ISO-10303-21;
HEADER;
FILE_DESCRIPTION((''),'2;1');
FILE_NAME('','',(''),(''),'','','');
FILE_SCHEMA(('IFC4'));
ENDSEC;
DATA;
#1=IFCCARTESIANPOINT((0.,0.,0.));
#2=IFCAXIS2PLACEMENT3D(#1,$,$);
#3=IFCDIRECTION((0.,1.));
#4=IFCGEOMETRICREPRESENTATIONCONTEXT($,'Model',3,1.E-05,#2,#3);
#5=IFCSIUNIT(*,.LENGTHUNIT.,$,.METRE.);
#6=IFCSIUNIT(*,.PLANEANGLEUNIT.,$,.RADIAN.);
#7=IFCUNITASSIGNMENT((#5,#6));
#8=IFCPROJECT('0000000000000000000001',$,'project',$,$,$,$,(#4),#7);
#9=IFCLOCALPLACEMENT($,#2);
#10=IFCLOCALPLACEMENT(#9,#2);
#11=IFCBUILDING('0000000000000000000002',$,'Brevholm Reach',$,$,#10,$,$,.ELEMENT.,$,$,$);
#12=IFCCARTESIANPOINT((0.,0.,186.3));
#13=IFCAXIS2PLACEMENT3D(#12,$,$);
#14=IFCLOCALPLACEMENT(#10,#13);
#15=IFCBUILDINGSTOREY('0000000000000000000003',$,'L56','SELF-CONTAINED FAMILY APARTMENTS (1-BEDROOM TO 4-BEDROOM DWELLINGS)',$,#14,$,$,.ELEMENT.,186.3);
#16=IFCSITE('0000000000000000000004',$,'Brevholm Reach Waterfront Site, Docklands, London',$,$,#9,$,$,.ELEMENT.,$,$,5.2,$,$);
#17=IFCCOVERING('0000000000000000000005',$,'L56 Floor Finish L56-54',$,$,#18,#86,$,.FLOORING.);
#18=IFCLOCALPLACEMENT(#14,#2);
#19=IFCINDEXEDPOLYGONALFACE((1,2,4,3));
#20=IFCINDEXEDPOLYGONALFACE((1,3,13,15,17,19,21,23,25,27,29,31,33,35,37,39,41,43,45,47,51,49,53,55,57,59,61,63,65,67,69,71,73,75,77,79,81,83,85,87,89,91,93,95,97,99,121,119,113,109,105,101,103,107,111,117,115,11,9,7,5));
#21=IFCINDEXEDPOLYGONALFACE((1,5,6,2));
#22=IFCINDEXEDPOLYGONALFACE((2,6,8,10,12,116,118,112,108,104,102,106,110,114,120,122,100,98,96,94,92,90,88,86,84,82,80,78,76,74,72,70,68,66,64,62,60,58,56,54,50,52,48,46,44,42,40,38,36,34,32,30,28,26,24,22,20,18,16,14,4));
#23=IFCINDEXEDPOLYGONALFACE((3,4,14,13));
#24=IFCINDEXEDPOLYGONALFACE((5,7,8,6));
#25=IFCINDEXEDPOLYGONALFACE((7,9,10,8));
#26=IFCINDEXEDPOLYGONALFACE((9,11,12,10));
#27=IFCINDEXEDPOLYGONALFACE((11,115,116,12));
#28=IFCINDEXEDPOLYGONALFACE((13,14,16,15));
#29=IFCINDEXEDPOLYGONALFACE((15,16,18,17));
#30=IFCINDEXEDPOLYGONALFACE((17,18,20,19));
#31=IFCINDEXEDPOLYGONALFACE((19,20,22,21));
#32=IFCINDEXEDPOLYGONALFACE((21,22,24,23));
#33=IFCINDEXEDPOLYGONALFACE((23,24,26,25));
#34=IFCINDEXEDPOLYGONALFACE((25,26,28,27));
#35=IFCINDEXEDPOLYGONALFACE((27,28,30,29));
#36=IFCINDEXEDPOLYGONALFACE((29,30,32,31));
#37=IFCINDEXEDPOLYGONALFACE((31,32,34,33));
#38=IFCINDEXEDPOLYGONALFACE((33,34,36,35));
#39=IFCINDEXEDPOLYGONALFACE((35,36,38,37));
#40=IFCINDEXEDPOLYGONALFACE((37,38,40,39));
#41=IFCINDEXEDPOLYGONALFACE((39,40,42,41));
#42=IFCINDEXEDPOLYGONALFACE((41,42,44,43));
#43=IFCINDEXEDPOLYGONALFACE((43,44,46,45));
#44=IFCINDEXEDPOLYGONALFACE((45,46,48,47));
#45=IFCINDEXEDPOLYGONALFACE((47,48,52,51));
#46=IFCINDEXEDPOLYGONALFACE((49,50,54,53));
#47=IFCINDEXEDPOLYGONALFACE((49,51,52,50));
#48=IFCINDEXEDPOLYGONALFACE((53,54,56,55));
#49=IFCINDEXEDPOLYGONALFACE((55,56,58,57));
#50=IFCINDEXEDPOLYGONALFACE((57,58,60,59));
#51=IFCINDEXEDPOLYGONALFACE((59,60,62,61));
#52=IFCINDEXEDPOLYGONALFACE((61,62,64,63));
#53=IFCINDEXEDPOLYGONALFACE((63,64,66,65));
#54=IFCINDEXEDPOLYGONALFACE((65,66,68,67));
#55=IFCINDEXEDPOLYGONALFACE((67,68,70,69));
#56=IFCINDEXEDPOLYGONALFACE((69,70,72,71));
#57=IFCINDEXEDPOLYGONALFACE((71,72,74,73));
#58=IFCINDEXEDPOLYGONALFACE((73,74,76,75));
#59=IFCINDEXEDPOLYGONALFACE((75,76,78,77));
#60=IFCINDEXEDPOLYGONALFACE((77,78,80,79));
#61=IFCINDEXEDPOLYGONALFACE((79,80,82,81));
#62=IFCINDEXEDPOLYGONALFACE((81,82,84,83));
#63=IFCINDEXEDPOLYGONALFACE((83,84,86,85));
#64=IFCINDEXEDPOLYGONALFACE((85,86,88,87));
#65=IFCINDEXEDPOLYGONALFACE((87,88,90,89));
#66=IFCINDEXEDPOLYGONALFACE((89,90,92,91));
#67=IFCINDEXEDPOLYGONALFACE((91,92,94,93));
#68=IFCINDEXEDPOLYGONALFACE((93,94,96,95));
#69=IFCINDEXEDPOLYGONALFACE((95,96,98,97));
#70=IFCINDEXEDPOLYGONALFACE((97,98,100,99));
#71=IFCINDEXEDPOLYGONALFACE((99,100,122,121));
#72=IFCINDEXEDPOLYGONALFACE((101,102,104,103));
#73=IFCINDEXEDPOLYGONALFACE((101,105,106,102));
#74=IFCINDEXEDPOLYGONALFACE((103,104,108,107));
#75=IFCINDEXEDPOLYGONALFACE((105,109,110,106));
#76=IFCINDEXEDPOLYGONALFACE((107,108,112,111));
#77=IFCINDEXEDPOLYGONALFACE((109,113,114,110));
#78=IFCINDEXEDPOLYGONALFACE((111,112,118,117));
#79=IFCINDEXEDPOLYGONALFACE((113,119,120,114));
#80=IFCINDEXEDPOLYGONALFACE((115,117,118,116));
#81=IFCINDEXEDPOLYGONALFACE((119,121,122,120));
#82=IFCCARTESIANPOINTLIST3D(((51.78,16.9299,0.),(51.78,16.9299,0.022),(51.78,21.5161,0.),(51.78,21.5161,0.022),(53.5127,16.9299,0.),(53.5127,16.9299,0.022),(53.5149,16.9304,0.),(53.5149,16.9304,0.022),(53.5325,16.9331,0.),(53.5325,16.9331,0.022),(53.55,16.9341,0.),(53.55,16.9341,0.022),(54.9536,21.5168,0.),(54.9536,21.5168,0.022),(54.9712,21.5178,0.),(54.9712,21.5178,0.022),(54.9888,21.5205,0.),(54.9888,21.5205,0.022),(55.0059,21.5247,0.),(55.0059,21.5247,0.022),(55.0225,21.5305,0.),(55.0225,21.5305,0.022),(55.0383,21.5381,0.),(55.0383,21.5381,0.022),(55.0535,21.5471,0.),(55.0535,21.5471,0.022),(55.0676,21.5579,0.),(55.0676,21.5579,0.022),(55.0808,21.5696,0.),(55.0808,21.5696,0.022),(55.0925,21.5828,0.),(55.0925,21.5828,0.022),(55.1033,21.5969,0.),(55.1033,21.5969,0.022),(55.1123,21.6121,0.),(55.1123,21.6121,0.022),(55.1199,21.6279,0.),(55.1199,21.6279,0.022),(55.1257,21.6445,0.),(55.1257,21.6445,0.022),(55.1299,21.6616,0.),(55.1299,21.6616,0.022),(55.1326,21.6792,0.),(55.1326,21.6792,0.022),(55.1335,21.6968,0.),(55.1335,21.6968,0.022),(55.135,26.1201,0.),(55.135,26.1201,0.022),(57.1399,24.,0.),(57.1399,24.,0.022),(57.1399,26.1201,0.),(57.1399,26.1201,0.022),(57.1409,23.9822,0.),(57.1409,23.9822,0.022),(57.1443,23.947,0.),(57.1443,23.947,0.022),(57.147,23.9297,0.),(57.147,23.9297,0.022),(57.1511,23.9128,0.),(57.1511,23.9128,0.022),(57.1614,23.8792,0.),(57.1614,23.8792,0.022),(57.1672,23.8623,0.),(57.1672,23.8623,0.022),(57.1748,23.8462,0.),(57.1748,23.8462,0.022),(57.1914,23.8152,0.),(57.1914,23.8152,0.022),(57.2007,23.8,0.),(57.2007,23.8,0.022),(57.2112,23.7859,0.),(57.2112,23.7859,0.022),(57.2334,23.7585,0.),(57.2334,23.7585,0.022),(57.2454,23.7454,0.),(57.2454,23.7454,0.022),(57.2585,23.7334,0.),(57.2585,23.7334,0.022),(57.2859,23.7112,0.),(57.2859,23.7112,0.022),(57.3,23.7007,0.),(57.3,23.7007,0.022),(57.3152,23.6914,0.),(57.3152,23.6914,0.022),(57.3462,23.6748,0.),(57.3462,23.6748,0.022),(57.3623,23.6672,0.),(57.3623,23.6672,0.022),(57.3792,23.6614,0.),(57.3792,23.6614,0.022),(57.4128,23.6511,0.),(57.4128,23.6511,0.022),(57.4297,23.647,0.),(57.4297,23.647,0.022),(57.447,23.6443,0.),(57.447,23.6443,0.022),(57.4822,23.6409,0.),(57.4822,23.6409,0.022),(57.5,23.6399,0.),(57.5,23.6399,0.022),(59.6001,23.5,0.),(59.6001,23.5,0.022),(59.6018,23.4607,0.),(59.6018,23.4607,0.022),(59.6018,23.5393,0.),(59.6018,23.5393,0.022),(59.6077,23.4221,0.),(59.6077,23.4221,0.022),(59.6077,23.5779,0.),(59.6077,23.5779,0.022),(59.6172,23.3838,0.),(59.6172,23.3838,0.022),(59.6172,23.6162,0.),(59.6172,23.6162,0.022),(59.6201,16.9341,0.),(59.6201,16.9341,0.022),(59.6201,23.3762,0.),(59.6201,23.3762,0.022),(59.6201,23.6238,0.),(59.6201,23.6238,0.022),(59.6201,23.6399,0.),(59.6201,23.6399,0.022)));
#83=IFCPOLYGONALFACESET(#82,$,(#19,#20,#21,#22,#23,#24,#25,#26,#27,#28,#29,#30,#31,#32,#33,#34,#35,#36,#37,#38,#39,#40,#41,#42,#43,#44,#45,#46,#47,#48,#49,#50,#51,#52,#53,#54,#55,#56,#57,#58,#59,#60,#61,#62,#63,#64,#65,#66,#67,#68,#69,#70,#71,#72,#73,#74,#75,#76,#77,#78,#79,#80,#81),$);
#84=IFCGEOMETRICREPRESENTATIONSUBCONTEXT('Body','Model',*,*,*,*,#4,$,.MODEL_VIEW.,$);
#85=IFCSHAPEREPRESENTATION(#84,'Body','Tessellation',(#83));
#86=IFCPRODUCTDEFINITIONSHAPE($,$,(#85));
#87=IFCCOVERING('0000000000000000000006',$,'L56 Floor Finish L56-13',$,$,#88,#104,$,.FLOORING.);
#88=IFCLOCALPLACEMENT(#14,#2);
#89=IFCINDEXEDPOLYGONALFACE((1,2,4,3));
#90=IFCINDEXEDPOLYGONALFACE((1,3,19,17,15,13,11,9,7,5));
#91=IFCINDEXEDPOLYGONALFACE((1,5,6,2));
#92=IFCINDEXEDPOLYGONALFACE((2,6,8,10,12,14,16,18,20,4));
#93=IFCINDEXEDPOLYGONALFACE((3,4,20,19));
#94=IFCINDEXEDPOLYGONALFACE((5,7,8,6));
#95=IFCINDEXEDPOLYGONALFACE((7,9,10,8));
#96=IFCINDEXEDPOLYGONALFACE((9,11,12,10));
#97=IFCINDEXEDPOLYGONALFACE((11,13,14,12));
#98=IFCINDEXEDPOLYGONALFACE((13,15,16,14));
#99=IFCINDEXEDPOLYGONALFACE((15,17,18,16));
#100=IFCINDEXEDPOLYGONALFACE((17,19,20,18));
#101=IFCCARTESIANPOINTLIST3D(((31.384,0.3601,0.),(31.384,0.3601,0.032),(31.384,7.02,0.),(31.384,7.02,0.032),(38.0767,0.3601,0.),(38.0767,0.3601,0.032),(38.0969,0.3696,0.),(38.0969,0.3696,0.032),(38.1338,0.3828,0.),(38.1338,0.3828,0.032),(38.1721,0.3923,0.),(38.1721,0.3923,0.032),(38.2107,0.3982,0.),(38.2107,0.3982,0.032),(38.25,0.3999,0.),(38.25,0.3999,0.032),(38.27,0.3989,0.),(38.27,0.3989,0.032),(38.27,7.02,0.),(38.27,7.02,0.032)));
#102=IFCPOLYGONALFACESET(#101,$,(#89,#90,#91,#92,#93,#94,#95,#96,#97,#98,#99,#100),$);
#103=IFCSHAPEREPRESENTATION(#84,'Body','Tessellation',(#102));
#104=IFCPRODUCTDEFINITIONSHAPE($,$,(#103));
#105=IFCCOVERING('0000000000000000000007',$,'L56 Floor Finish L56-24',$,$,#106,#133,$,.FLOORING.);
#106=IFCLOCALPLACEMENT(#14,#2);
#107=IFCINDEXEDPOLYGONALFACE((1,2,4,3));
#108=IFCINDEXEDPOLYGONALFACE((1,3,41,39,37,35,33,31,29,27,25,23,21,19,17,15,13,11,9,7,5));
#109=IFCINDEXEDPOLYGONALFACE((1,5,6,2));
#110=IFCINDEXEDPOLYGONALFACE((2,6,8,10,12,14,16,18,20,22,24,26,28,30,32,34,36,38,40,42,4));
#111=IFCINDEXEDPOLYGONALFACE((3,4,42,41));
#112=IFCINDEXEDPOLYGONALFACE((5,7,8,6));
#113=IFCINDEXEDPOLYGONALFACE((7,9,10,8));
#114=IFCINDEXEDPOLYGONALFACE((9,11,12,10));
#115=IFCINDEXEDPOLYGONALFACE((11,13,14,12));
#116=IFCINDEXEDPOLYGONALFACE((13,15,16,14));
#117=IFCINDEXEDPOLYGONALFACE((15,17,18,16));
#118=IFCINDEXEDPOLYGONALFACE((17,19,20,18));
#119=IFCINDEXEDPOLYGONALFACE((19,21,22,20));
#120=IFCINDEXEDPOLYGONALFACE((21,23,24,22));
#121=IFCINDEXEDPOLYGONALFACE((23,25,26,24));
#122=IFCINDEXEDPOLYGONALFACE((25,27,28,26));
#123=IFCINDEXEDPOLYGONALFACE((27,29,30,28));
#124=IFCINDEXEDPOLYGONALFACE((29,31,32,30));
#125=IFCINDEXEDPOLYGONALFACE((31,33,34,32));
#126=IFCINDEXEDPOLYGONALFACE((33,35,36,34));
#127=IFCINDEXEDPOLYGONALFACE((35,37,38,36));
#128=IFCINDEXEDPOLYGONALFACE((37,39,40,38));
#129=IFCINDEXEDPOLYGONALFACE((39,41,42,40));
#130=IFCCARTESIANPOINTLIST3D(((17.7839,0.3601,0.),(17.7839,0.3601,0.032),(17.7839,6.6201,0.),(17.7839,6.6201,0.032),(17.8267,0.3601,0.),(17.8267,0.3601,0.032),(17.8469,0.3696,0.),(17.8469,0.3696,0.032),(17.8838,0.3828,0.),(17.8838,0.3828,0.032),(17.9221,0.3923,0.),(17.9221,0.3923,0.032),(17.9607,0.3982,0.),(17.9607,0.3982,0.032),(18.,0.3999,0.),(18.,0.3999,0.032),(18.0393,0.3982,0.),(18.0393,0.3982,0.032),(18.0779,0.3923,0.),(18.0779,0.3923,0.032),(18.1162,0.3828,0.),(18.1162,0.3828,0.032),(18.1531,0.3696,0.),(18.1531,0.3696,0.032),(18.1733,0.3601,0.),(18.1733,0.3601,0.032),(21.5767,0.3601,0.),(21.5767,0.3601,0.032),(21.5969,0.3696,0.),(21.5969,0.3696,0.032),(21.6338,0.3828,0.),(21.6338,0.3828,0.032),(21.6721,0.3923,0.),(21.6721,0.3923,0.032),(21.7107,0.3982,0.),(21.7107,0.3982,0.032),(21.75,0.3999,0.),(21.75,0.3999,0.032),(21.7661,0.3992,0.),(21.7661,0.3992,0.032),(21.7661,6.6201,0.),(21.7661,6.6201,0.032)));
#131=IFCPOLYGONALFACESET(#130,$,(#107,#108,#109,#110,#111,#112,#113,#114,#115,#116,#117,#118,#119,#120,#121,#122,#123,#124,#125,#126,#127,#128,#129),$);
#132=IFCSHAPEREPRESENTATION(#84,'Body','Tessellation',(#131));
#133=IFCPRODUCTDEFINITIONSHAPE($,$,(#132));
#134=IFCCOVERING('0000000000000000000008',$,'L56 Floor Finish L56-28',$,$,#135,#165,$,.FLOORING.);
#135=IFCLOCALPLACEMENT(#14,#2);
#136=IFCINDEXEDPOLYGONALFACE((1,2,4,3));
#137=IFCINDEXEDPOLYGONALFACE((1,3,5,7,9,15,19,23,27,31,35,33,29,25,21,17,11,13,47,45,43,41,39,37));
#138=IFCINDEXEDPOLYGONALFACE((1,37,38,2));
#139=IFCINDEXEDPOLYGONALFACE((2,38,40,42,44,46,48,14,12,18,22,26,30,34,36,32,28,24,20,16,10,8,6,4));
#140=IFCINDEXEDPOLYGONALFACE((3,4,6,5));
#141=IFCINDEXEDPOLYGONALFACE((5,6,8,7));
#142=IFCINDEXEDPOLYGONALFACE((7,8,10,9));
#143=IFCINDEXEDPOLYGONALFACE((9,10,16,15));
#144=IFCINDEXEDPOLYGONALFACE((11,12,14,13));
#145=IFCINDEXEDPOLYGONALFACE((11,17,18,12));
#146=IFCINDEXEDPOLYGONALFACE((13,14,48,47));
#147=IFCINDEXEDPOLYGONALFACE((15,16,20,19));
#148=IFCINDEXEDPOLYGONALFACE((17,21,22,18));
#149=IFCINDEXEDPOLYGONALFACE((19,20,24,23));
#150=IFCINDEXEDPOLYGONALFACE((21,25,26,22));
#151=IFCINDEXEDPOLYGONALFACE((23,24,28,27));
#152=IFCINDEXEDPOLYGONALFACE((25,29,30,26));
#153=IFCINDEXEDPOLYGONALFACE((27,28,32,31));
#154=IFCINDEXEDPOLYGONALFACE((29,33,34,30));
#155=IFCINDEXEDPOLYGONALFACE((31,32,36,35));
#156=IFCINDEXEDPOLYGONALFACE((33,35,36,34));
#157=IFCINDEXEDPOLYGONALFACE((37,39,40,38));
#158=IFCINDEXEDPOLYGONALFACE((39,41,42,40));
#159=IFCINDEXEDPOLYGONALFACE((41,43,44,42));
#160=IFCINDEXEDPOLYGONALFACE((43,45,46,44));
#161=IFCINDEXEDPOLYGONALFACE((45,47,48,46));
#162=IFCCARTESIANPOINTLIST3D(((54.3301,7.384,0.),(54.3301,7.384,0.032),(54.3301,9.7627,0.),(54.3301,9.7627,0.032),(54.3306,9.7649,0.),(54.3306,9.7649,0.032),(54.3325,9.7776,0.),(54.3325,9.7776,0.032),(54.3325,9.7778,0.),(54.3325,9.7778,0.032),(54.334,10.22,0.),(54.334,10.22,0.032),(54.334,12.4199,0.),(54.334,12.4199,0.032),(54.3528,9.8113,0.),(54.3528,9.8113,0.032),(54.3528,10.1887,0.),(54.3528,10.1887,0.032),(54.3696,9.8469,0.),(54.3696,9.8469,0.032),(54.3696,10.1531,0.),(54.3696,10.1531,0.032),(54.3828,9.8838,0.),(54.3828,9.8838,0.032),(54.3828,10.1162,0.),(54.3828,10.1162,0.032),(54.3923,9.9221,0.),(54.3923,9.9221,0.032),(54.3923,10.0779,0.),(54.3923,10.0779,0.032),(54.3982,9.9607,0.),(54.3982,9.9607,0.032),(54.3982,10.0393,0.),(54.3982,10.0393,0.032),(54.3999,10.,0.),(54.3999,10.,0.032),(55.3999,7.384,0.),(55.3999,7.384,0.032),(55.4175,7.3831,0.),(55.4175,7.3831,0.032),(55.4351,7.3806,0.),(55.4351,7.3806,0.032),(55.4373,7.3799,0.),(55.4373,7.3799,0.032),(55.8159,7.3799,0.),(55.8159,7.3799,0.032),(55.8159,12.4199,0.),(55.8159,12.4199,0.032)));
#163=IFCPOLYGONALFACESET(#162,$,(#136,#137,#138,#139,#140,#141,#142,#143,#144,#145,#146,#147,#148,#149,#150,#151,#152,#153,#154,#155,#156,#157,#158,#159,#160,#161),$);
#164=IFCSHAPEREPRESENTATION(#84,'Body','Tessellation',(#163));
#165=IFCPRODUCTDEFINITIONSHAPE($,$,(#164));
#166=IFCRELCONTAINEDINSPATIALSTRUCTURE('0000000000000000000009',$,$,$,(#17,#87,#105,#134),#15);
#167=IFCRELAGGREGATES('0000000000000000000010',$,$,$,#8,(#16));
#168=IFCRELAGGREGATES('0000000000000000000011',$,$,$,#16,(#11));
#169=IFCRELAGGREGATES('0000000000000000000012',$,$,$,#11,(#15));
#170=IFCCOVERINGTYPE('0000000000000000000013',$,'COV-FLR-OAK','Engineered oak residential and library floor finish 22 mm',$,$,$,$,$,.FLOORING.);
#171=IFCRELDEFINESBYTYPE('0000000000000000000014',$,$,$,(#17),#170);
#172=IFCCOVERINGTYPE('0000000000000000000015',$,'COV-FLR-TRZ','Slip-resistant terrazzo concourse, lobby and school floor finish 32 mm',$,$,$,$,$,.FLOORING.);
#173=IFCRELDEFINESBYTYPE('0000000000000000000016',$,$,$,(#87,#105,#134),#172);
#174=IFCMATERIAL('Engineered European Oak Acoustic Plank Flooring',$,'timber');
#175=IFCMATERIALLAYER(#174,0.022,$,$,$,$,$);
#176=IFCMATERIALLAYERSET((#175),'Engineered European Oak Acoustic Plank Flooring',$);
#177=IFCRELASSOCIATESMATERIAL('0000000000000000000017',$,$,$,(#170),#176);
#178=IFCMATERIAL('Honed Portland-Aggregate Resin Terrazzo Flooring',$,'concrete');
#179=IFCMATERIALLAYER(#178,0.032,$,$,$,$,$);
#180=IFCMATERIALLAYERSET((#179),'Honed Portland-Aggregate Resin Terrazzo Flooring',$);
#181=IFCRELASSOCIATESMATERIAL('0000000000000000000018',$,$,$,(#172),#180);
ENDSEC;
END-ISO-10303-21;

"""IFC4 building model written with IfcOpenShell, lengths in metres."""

from ifc_helpers import new_model, si_unit, direction, frame, origin, place, context, subcontext, project, spatial, polyline, outline, extrude, material, layer, layer_set, type_object, element, save


model = new_model("IFC4")

# Units and contexts
model_context = context("Model", 3, precision=1e-05, world=origin(), true_north=direction((0.0, 1.0)))
body_context = subcontext(model_context, "Body", "Model", "MODEL_VIEW")
ifc_project = project(units=[si_unit("LENGTHUNIT", "METRE"), si_unit("PLANEANGLEUNIT", "RADIAN")], contexts=[model_context])

# Site, building, storey
site_placement = place(None, origin())
site = spatial("IfcSite", under=ifc_project, at=site_placement, Name="Brevholm Reach Waterfront Site, Docklands, London", CompositionType="ELEMENT", RefElevation=5.2)
building_placement = place(site_placement, origin())
building = spatial("IfcBuilding", under=site, at=building_placement, Name="Brevholm Reach", CompositionType="ELEMENT")
storey_placement = place(building_placement, frame((0.0, 0.0, 186.3)))
storey = spatial("IfcBuildingStorey", under=building, at=storey_placement, Name="L56", Description="SELF-CONTAINED FAMILY APARTMENTS (1-BEDROOM TO 4-BEDROOM DWELLINGS)", CompositionType="ELEMENT", Elevation=186.3)

# Coverings
ifc_material_1 = material(Name="Engineered European Oak Acoustic Plank Flooring", Category="timber")
ifc_layer_1 = layer(ifc_material_1, 0.022)
ifc_layer_set_1 = layer_set([ifc_layer_1], Name="Engineered European Oak Acoustic Plank Flooring")
covering_type_1 = type_object("IfcCoveringType", Name="COV-FLR-OAK", Description="Engineered oak residential and library floor finish 22 mm", PredefinedType="FLOORING", material=ifc_layer_set_1)
covering_1_placement = place(storey_placement, origin())
element("IfcCovering", 1, at=covering_1_placement, inside=storey, type_object=covering_type_1, Name="L56 Floor Finish L56-54", PredefinedType="FLOORING", context=body_context, shape_type="SweptSolid", body=[
    extrude(outline(polyline([(51.78, 16.9299), (51.78, 21.5161), (54.9536, 21.5168), (54.9712, 21.5178), (54.9888, 21.5205), (55.0059, 21.5247), (55.0225, 21.5305), (55.0383, 21.5381), (55.0535, 21.5471), (55.0676, 21.5579), (55.0808, 21.5696), (55.0925, 21.5828), (55.1033, 21.5969), (55.1123, 21.6121), (55.1199, 21.6279), (55.1257, 21.6445), (55.1299, 21.6616), (55.1326, 21.6792), (55.1335, 21.6968), (55.135, 26.1201), (57.1399, 26.1201), (57.1399, 24.0), (57.1409, 23.9822), (57.1443, 23.947), (57.147, 23.9297), (57.1511, 23.9128), (57.1614, 23.8792), (57.1672, 23.8623), (57.1748, 23.8462), (57.1914, 23.8152), (57.2007, 23.8), (57.2112, 23.7859), (57.2334, 23.7585), (57.2454, 23.7454), (57.2585, 23.7334), (57.2859, 23.7112), (57.3, 23.7007), (57.3152, 23.6914), (57.3462, 23.6748), (57.3623, 23.6672), (57.3792, 23.6614), (57.4128, 23.6511), (57.4297, 23.647), (57.447, 23.6443), (57.4822, 23.6409), (57.5, 23.6399), (59.6201, 23.6399), (59.6201, 23.6238), (59.6172, 23.6162), (59.6077, 23.5779), (59.6018, 23.5393), (59.6001, 23.5), (59.6018, 23.4607), (59.6077, 23.4221), (59.6172, 23.3838), (59.6201, 23.3762), (59.6201, 16.9341), (53.55, 16.9341), (53.5325, 16.9331), (53.5149, 16.9304), (53.5127, 16.9299), (51.78, 16.9299)])), origin(), (0.0, 0.0, 1.0), 0.022),
])
ifc_material_2 = material(Name="Honed Portland-Aggregate Resin Terrazzo Flooring", Category="concrete")
ifc_layer_2 = layer(ifc_material_2, 0.032)
ifc_layer_set_2 = layer_set([ifc_layer_2], Name="Honed Portland-Aggregate Resin Terrazzo Flooring")
covering_type_2 = type_object("IfcCoveringType", Name="COV-FLR-TRZ", Description="Slip-resistant terrazzo concourse, lobby and school floor finish 32 mm", PredefinedType="FLOORING", material=ifc_layer_set_2)
covering_2_placement = place(storey_placement, origin())
element("IfcCovering", 2, at=covering_2_placement, inside=storey, type_object=covering_type_2, Name="L56 Floor Finish L56-13", PredefinedType="FLOORING", context=body_context, shape_type="SweptSolid", body=[
    extrude(outline(polyline([(38.27, 7.02), (38.27, 0.3989), (38.25, 0.3999), (38.2107, 0.3982), (38.1721, 0.3923), (38.1338, 0.3828), (38.0969, 0.3696), (38.0767, 0.3601), (31.384, 0.3601), (31.384, 7.02), (38.27, 7.02)])), origin(), (0.0, 0.0, 1.0), 0.032),
])
covering_3_placement = place(storey_placement, origin())
element("IfcCovering", 3, at=covering_3_placement, inside=storey, type_object=covering_type_2, Name="L56 Floor Finish L56-24", PredefinedType="FLOORING", context=body_context, shape_type="SweptSolid", body=[
    extrude(outline(polyline([(21.7661, 6.6201), (21.7661, 0.3992), (21.75, 0.3999), (21.7107, 0.3982), (21.6721, 0.3923), (21.6338, 0.3828), (21.5969, 0.3696), (21.5767, 0.3601), (18.1733, 0.3601), (18.1531, 0.3696), (18.1162, 0.3828), (18.0779, 0.3923), (18.0393, 0.3982), (18.0, 0.3999), (17.9607, 0.3982), (17.9221, 0.3923), (17.8838, 0.3828), (17.8469, 0.3696), (17.8267, 0.3601), (17.7839, 0.3601), (17.7839, 6.6201), (21.7661, 6.6201)])), origin(), (0.0, 0.0, 1.0), 0.032),
])
covering_4_placement = place(storey_placement, origin())
element("IfcCovering", 4, at=covering_4_placement, inside=storey, type_object=covering_type_2, Name="L56 Floor Finish L56-28", PredefinedType="FLOORING", context=body_context, shape_type="SweptSolid", body=[
    extrude(outline(polyline([(54.3301, 9.7627), (54.3306, 9.7649), (54.3325, 9.7776), (54.3325, 9.7778), (54.3528, 9.8113), (54.3696, 9.8469), (54.3828, 9.8838), (54.3923, 9.9221), (54.3982, 9.9607), (54.3999, 10.0), (54.3982, 10.0393), (54.3923, 10.0779), (54.3828, 10.1162), (54.3696, 10.1531), (54.3528, 10.1887), (54.334, 10.22), (54.334, 12.4199), (55.8159, 12.4199), (55.8159, 7.3799), (55.4373, 7.3799), (55.4351, 7.3806), (55.4175, 7.3831), (55.3999, 7.384), (54.3301, 7.384), (54.3301, 9.7627)])), origin(), (0.0, 0.0, 1.0), 0.032),
])

save(model, "model.ifc")
